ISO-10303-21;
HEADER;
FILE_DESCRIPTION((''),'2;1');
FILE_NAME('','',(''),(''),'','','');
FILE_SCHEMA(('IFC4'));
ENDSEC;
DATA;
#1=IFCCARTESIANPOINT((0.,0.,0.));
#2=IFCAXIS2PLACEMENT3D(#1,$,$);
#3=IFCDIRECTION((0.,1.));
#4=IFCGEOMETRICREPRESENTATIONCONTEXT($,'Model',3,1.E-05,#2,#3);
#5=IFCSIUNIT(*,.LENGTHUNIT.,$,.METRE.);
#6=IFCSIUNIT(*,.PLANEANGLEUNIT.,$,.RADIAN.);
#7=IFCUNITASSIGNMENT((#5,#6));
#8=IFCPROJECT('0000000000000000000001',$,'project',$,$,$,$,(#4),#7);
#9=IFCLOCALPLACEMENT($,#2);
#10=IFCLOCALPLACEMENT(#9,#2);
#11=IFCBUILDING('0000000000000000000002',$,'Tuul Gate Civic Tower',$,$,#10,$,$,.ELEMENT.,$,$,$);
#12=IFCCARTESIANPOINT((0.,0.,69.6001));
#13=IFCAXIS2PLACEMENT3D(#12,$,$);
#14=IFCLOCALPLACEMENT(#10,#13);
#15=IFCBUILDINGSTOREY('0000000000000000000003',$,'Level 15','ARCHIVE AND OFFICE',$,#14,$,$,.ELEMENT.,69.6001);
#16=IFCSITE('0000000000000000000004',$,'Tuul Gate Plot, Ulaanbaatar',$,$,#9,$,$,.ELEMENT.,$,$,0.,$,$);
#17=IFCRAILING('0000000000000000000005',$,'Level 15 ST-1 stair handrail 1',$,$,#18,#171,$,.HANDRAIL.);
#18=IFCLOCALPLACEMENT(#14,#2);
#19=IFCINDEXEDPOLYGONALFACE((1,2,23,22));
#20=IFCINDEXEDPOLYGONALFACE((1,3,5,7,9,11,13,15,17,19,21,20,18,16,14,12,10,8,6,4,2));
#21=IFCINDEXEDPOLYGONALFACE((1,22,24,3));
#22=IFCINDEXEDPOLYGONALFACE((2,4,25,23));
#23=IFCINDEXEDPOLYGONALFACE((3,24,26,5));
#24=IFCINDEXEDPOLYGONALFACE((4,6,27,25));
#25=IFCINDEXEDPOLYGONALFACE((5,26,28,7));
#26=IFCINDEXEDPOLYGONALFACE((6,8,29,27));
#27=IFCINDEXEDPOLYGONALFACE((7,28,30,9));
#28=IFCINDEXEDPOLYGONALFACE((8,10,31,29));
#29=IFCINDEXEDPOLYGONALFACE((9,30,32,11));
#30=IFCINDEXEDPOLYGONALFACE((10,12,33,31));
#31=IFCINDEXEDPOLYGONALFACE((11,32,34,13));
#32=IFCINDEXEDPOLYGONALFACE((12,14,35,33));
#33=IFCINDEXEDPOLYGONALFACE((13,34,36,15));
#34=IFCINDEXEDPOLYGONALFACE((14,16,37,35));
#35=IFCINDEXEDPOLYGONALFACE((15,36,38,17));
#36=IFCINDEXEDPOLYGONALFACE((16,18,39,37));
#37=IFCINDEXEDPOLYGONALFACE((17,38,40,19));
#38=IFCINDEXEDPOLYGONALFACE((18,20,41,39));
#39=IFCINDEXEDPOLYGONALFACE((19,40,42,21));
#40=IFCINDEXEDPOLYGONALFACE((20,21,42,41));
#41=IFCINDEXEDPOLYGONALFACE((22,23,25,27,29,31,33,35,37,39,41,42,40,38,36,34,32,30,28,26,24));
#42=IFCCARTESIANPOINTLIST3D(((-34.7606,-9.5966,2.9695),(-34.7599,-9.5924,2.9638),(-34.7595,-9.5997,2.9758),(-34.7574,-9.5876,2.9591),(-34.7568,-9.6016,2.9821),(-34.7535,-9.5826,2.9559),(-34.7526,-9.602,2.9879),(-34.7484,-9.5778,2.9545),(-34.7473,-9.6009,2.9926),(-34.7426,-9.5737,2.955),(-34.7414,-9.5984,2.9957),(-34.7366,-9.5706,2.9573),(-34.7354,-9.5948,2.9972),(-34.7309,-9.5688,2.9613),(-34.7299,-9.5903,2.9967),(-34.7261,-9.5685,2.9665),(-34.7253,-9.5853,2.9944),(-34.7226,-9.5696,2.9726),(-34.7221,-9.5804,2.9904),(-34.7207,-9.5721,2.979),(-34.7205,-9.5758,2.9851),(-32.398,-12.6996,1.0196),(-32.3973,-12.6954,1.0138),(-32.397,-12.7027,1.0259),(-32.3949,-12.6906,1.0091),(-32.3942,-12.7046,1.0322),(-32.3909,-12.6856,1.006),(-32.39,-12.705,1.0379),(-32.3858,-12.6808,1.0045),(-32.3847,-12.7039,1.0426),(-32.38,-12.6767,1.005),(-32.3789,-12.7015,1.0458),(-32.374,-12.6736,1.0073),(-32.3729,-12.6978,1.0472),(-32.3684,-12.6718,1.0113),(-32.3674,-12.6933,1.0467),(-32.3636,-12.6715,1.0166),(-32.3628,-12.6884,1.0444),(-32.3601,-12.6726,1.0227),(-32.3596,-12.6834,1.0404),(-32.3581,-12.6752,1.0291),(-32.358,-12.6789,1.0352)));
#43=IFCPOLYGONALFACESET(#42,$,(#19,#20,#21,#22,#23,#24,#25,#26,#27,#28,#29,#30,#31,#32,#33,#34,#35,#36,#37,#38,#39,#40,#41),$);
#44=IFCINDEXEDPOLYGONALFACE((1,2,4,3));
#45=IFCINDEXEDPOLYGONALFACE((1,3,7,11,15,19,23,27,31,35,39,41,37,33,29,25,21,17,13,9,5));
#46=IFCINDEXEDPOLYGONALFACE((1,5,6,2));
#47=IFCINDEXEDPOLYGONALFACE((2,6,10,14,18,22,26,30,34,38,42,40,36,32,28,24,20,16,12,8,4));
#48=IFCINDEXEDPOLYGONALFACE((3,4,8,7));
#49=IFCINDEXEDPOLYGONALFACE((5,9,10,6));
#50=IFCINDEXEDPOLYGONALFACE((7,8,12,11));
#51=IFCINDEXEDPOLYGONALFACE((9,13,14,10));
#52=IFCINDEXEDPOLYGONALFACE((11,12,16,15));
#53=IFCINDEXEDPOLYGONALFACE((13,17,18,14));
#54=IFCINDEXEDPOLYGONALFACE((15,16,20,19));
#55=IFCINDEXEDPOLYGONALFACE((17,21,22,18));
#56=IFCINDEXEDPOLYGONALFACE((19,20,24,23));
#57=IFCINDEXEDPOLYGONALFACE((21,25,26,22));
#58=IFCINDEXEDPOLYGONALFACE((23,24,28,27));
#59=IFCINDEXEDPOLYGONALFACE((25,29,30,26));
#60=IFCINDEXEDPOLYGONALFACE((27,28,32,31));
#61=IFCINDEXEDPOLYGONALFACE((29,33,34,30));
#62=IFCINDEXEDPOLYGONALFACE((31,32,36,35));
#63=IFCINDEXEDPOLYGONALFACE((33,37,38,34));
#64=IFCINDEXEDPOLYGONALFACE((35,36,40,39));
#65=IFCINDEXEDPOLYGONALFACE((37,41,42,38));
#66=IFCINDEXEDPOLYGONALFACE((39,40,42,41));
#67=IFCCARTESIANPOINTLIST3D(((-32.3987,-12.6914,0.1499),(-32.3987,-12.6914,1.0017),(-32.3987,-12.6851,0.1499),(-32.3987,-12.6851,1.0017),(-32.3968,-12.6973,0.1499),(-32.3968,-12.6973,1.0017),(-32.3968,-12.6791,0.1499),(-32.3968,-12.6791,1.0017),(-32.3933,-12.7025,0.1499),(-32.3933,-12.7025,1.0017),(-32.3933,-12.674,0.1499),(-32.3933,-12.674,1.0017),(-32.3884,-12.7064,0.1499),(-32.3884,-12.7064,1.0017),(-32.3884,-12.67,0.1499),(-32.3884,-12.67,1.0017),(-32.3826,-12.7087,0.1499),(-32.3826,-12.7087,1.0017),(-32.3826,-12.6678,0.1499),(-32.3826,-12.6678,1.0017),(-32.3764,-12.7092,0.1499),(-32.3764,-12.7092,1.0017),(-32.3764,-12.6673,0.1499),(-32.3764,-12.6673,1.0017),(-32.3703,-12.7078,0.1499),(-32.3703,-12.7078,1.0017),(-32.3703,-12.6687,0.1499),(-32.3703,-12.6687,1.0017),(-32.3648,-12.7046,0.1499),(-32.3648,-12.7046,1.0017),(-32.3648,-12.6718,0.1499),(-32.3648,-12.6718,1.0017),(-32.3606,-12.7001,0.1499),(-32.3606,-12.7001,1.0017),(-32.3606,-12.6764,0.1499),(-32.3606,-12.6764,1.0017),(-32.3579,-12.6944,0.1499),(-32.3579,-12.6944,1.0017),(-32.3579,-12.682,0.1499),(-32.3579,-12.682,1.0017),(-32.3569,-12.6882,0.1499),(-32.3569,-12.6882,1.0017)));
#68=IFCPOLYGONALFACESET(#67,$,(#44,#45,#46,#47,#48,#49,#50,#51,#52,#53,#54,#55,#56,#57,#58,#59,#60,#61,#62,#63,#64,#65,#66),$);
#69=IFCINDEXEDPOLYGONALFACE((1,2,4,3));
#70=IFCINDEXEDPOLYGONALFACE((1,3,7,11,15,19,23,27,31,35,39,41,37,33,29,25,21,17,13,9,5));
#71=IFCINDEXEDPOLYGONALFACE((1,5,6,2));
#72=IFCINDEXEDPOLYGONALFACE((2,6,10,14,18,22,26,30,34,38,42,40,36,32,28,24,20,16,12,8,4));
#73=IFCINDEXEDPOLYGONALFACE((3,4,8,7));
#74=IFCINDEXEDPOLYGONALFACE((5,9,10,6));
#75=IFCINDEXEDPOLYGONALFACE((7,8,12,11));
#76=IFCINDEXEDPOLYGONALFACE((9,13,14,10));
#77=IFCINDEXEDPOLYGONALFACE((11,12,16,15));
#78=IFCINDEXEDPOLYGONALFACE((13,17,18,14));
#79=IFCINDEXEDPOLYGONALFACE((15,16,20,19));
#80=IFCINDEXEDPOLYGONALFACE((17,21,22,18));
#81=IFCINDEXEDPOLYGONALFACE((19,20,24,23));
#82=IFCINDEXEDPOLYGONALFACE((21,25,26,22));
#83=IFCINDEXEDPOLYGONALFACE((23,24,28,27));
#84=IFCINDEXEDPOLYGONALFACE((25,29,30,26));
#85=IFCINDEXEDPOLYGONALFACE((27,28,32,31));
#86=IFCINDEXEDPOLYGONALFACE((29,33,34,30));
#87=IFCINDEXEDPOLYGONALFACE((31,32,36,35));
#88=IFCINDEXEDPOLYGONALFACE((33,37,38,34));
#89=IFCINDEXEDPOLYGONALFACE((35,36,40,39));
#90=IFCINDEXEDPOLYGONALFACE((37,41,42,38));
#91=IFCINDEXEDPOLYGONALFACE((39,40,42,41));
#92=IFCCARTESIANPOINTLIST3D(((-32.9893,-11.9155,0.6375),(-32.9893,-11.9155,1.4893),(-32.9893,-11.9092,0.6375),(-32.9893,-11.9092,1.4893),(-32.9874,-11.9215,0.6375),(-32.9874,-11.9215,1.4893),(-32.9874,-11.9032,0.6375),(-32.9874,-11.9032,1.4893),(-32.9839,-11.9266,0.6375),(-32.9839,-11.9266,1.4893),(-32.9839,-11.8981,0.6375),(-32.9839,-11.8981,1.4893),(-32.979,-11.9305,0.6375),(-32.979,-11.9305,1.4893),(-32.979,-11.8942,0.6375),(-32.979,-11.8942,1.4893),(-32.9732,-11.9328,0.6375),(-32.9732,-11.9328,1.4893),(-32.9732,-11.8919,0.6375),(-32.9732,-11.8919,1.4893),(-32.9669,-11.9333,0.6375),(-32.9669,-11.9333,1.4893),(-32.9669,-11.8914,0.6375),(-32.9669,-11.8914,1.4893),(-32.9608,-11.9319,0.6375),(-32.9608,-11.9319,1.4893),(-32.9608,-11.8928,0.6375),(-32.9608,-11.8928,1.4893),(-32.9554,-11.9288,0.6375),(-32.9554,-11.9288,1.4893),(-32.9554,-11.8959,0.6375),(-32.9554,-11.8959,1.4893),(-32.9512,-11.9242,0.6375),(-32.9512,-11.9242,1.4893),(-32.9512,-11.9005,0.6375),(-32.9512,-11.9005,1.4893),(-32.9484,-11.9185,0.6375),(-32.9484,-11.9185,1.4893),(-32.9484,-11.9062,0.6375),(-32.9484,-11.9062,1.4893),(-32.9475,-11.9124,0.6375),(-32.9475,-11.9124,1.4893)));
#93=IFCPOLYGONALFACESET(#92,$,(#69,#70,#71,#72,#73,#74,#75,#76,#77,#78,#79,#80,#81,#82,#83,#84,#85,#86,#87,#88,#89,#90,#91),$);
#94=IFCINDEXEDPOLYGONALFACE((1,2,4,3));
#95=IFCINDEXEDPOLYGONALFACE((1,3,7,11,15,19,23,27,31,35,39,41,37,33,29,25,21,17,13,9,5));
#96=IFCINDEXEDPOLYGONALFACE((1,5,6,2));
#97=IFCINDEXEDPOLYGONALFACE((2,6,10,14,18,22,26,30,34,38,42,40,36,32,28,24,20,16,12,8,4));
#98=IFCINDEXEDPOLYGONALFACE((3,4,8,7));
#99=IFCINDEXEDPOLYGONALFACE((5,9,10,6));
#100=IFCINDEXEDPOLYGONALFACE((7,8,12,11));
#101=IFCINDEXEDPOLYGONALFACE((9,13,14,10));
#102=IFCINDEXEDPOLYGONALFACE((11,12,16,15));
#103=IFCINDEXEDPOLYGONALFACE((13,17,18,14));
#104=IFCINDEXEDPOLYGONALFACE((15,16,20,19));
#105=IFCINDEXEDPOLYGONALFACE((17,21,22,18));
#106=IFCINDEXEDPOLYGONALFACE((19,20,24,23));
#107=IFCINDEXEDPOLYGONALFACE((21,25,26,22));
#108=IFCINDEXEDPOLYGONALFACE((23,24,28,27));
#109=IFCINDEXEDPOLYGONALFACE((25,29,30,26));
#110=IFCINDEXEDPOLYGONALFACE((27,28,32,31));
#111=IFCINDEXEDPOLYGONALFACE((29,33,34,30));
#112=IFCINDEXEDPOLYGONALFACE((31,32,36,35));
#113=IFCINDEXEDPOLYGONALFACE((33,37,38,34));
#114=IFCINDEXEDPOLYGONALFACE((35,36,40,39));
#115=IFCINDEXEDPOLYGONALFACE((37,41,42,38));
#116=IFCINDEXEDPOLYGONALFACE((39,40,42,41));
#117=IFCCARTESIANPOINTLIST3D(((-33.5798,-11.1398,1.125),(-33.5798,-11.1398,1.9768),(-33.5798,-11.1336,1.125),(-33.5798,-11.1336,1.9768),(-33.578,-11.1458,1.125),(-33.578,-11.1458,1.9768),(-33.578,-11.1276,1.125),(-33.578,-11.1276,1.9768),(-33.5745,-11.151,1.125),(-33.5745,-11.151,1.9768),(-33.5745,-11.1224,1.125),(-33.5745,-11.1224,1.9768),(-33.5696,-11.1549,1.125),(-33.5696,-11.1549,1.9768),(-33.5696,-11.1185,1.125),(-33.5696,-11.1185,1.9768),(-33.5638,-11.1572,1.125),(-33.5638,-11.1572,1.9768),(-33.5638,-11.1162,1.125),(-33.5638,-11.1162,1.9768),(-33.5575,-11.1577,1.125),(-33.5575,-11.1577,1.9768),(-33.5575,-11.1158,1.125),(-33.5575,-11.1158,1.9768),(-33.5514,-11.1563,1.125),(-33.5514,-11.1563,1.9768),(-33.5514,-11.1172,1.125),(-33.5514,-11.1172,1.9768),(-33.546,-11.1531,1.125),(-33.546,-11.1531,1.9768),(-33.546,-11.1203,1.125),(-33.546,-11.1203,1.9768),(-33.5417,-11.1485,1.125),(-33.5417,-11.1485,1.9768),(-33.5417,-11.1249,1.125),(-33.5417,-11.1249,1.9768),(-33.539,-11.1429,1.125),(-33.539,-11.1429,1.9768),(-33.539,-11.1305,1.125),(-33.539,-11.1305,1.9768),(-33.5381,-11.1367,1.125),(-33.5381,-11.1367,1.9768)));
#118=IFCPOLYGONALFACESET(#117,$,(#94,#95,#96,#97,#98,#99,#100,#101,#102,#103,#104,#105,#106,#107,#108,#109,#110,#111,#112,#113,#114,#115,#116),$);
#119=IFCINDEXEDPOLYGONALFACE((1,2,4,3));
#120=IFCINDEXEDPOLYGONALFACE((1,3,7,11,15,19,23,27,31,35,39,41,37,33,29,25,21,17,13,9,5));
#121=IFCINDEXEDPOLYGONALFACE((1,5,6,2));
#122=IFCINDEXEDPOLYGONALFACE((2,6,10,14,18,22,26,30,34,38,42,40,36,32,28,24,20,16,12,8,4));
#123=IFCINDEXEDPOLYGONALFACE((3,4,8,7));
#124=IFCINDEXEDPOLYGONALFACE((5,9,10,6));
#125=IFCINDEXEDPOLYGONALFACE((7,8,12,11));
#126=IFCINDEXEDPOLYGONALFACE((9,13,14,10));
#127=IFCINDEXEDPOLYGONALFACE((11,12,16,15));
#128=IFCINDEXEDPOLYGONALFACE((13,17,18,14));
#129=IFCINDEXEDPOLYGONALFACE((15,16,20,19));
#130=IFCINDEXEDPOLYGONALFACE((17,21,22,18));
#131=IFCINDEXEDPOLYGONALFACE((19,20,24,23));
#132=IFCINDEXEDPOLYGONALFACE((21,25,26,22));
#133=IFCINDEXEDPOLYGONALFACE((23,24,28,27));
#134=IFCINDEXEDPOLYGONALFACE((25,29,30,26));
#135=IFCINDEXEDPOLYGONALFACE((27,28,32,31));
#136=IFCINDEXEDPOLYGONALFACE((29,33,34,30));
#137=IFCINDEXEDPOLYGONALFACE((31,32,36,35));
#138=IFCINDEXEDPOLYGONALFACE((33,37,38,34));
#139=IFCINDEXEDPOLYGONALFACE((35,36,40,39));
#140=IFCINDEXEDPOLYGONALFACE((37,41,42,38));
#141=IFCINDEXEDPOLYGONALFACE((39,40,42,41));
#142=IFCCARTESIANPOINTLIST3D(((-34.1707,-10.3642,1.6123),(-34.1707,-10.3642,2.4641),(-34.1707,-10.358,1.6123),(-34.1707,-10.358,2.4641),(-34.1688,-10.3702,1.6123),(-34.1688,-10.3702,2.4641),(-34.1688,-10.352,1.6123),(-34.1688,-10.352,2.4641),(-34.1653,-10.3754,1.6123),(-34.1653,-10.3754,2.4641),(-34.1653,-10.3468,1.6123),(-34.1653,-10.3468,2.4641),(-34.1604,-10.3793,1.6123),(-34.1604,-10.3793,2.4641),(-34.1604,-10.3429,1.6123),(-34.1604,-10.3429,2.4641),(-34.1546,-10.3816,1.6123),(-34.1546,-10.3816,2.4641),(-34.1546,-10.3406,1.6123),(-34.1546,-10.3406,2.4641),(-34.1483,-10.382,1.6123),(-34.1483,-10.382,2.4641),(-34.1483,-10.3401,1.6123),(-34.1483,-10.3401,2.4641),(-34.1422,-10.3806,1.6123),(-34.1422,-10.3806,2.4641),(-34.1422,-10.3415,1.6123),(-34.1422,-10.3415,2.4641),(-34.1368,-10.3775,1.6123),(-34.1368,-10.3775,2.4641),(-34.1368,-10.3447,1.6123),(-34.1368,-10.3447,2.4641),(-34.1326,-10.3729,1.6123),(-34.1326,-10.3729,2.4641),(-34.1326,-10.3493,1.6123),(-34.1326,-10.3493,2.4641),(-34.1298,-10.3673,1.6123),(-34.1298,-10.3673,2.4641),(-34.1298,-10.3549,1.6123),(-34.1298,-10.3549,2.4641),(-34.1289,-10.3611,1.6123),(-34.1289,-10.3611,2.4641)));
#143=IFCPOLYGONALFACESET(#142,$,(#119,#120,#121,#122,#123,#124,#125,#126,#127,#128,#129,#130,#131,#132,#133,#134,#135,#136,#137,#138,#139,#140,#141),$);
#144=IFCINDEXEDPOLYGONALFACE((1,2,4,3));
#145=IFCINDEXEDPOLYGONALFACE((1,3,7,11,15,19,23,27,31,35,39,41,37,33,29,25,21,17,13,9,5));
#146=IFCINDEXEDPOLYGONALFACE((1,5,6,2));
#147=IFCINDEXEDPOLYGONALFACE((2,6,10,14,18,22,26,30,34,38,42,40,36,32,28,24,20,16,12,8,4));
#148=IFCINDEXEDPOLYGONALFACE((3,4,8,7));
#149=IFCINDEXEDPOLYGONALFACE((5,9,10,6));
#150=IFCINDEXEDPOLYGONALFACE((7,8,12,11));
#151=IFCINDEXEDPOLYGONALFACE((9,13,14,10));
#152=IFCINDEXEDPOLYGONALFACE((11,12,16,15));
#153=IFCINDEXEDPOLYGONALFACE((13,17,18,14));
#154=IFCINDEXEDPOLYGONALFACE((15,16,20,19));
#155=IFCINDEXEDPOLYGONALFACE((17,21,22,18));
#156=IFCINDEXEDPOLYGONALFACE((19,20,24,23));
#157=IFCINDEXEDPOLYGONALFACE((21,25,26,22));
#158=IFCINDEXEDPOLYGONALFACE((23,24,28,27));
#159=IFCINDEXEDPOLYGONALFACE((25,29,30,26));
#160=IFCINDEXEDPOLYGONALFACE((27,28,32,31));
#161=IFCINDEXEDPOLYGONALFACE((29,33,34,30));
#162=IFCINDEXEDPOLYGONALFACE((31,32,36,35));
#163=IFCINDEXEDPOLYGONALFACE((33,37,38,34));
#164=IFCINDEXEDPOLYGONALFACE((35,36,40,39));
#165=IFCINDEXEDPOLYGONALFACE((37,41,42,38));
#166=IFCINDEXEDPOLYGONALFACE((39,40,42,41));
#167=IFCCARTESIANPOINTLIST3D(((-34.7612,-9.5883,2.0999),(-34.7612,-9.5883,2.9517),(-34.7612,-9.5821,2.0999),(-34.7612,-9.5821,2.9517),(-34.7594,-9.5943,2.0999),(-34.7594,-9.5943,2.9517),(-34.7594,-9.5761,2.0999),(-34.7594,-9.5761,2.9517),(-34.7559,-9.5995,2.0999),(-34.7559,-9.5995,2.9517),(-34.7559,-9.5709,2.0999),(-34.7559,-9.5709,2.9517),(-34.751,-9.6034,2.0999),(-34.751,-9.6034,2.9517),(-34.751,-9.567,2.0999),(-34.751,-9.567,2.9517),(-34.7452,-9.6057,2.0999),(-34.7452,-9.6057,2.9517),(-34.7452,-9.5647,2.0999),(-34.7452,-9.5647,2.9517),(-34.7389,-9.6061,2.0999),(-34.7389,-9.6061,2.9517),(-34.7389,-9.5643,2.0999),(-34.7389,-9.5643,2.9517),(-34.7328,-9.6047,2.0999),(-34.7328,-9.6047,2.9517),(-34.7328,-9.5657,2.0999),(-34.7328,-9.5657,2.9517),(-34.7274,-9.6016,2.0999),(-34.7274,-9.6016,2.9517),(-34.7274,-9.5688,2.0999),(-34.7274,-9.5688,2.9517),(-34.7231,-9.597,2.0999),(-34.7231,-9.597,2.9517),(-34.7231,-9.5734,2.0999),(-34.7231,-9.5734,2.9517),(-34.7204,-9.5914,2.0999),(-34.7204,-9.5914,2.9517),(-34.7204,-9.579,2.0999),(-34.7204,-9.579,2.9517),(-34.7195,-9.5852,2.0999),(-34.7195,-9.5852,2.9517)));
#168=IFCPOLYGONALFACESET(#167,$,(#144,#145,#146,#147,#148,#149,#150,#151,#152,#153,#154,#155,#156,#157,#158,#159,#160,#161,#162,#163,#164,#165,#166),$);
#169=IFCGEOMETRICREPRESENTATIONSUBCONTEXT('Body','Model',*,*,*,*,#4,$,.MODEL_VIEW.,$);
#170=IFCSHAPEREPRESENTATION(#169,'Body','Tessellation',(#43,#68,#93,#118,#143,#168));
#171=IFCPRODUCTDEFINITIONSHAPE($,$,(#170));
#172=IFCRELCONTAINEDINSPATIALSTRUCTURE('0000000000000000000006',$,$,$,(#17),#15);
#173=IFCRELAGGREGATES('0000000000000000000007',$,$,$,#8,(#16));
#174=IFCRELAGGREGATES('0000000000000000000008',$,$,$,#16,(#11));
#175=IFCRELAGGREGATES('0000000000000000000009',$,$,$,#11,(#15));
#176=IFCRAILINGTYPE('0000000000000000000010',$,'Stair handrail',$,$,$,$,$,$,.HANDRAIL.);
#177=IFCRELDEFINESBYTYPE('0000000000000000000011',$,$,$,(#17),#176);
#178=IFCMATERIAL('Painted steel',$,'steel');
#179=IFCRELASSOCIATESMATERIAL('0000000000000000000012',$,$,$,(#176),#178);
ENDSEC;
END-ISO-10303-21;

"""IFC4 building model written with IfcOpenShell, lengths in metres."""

from ifc_helpers import new_model, si_unit, direction, frame, origin, origin_2d, place, context, subcontext, project, spatial, circle, extrude, material, type_object, element, save


model = new_model("IFC4")

# Units and contexts
model_context = context("Model", 3, precision=1e-05, world=origin(), true_north=direction((0.0, 1.0)))
body_context = subcontext(model_context, "Body", "Model", "MODEL_VIEW")
ifc_project = project(units=[si_unit("LENGTHUNIT", "METRE"), si_unit("PLANEANGLEUNIT", "RADIAN")], contexts=[model_context])

# Site, building, storey
site_placement = place(None, origin())
site = spatial("IfcSite", under=ifc_project, at=site_placement, Name="Tuul Gate Plot, Ulaanbaatar", CompositionType="ELEMENT", RefElevation=0.0)
building_placement = place(site_placement, origin())
building = spatial("IfcBuilding", under=site, at=building_placement, Name="Tuul Gate Civic Tower", CompositionType="ELEMENT")
storey_placement = place(building_placement, frame((0.0, 0.0, 69.6001)))
storey = spatial("IfcBuildingStorey", under=building, at=storey_placement, Name="Level 15", Description="ARCHIVE AND OFFICE", CompositionType="ELEMENT", Elevation=69.6001)

# Railing
ifc_material_1 = material(Name="Painted steel", Category="steel")
railing_type_1 = type_object("IfcRailingType", Name="Stair handrail", PredefinedType="HANDRAIL", material=ifc_material_1)
railing_1_placement = place(storey_placement, frame((-32.3779, -12.6882, 0.1499)))
element("IfcRailing", 1, at=railing_1_placement, inside=storey, type_object=railing_type_1, Name="Level 15 ST-1 stair handrail 1", PredefinedType="HANDRAIL", context=body_context, shape_type="SweptSolid", body=[
    extrude(circle(Radius=0.0239, at=origin_2d()), frame((0.0, 0.0, 0.876), z_axis=(-0.541824, 0.711645, 0.4472), x_axis=(-0.795637, -0.605773, 0.0)), (0.0, 0.0, 1.0), 4.3604),
    extrude(circle(Radius=0.021, at=origin_2d()), origin(), (0.0, 0.0, 1.0), 0.8518),
    extrude(circle(Radius=0.021, at=origin_2d()), frame((-0.5906, 0.7759, 0.4875)), (0.0, 0.0, 1.0), 0.8518),
    extrude(circle(Radius=0.021, at=origin_2d()), frame((-1.1812, 1.5515, 0.9751)), (0.0, 0.0, 1.0), 0.8518),
    extrude(circle(Radius=0.021, at=origin_2d()), frame((-1.772, 2.3271, 1.4624)), (0.0, 0.0, 1.0), 0.8518),
    extrude(circle(Radius=0.021, at=origin_2d()), frame((-2.3625, 3.103, 1.95)), (0.0, 0.0, 1.0), 0.8518),
])

save(model, "model.ifc")
